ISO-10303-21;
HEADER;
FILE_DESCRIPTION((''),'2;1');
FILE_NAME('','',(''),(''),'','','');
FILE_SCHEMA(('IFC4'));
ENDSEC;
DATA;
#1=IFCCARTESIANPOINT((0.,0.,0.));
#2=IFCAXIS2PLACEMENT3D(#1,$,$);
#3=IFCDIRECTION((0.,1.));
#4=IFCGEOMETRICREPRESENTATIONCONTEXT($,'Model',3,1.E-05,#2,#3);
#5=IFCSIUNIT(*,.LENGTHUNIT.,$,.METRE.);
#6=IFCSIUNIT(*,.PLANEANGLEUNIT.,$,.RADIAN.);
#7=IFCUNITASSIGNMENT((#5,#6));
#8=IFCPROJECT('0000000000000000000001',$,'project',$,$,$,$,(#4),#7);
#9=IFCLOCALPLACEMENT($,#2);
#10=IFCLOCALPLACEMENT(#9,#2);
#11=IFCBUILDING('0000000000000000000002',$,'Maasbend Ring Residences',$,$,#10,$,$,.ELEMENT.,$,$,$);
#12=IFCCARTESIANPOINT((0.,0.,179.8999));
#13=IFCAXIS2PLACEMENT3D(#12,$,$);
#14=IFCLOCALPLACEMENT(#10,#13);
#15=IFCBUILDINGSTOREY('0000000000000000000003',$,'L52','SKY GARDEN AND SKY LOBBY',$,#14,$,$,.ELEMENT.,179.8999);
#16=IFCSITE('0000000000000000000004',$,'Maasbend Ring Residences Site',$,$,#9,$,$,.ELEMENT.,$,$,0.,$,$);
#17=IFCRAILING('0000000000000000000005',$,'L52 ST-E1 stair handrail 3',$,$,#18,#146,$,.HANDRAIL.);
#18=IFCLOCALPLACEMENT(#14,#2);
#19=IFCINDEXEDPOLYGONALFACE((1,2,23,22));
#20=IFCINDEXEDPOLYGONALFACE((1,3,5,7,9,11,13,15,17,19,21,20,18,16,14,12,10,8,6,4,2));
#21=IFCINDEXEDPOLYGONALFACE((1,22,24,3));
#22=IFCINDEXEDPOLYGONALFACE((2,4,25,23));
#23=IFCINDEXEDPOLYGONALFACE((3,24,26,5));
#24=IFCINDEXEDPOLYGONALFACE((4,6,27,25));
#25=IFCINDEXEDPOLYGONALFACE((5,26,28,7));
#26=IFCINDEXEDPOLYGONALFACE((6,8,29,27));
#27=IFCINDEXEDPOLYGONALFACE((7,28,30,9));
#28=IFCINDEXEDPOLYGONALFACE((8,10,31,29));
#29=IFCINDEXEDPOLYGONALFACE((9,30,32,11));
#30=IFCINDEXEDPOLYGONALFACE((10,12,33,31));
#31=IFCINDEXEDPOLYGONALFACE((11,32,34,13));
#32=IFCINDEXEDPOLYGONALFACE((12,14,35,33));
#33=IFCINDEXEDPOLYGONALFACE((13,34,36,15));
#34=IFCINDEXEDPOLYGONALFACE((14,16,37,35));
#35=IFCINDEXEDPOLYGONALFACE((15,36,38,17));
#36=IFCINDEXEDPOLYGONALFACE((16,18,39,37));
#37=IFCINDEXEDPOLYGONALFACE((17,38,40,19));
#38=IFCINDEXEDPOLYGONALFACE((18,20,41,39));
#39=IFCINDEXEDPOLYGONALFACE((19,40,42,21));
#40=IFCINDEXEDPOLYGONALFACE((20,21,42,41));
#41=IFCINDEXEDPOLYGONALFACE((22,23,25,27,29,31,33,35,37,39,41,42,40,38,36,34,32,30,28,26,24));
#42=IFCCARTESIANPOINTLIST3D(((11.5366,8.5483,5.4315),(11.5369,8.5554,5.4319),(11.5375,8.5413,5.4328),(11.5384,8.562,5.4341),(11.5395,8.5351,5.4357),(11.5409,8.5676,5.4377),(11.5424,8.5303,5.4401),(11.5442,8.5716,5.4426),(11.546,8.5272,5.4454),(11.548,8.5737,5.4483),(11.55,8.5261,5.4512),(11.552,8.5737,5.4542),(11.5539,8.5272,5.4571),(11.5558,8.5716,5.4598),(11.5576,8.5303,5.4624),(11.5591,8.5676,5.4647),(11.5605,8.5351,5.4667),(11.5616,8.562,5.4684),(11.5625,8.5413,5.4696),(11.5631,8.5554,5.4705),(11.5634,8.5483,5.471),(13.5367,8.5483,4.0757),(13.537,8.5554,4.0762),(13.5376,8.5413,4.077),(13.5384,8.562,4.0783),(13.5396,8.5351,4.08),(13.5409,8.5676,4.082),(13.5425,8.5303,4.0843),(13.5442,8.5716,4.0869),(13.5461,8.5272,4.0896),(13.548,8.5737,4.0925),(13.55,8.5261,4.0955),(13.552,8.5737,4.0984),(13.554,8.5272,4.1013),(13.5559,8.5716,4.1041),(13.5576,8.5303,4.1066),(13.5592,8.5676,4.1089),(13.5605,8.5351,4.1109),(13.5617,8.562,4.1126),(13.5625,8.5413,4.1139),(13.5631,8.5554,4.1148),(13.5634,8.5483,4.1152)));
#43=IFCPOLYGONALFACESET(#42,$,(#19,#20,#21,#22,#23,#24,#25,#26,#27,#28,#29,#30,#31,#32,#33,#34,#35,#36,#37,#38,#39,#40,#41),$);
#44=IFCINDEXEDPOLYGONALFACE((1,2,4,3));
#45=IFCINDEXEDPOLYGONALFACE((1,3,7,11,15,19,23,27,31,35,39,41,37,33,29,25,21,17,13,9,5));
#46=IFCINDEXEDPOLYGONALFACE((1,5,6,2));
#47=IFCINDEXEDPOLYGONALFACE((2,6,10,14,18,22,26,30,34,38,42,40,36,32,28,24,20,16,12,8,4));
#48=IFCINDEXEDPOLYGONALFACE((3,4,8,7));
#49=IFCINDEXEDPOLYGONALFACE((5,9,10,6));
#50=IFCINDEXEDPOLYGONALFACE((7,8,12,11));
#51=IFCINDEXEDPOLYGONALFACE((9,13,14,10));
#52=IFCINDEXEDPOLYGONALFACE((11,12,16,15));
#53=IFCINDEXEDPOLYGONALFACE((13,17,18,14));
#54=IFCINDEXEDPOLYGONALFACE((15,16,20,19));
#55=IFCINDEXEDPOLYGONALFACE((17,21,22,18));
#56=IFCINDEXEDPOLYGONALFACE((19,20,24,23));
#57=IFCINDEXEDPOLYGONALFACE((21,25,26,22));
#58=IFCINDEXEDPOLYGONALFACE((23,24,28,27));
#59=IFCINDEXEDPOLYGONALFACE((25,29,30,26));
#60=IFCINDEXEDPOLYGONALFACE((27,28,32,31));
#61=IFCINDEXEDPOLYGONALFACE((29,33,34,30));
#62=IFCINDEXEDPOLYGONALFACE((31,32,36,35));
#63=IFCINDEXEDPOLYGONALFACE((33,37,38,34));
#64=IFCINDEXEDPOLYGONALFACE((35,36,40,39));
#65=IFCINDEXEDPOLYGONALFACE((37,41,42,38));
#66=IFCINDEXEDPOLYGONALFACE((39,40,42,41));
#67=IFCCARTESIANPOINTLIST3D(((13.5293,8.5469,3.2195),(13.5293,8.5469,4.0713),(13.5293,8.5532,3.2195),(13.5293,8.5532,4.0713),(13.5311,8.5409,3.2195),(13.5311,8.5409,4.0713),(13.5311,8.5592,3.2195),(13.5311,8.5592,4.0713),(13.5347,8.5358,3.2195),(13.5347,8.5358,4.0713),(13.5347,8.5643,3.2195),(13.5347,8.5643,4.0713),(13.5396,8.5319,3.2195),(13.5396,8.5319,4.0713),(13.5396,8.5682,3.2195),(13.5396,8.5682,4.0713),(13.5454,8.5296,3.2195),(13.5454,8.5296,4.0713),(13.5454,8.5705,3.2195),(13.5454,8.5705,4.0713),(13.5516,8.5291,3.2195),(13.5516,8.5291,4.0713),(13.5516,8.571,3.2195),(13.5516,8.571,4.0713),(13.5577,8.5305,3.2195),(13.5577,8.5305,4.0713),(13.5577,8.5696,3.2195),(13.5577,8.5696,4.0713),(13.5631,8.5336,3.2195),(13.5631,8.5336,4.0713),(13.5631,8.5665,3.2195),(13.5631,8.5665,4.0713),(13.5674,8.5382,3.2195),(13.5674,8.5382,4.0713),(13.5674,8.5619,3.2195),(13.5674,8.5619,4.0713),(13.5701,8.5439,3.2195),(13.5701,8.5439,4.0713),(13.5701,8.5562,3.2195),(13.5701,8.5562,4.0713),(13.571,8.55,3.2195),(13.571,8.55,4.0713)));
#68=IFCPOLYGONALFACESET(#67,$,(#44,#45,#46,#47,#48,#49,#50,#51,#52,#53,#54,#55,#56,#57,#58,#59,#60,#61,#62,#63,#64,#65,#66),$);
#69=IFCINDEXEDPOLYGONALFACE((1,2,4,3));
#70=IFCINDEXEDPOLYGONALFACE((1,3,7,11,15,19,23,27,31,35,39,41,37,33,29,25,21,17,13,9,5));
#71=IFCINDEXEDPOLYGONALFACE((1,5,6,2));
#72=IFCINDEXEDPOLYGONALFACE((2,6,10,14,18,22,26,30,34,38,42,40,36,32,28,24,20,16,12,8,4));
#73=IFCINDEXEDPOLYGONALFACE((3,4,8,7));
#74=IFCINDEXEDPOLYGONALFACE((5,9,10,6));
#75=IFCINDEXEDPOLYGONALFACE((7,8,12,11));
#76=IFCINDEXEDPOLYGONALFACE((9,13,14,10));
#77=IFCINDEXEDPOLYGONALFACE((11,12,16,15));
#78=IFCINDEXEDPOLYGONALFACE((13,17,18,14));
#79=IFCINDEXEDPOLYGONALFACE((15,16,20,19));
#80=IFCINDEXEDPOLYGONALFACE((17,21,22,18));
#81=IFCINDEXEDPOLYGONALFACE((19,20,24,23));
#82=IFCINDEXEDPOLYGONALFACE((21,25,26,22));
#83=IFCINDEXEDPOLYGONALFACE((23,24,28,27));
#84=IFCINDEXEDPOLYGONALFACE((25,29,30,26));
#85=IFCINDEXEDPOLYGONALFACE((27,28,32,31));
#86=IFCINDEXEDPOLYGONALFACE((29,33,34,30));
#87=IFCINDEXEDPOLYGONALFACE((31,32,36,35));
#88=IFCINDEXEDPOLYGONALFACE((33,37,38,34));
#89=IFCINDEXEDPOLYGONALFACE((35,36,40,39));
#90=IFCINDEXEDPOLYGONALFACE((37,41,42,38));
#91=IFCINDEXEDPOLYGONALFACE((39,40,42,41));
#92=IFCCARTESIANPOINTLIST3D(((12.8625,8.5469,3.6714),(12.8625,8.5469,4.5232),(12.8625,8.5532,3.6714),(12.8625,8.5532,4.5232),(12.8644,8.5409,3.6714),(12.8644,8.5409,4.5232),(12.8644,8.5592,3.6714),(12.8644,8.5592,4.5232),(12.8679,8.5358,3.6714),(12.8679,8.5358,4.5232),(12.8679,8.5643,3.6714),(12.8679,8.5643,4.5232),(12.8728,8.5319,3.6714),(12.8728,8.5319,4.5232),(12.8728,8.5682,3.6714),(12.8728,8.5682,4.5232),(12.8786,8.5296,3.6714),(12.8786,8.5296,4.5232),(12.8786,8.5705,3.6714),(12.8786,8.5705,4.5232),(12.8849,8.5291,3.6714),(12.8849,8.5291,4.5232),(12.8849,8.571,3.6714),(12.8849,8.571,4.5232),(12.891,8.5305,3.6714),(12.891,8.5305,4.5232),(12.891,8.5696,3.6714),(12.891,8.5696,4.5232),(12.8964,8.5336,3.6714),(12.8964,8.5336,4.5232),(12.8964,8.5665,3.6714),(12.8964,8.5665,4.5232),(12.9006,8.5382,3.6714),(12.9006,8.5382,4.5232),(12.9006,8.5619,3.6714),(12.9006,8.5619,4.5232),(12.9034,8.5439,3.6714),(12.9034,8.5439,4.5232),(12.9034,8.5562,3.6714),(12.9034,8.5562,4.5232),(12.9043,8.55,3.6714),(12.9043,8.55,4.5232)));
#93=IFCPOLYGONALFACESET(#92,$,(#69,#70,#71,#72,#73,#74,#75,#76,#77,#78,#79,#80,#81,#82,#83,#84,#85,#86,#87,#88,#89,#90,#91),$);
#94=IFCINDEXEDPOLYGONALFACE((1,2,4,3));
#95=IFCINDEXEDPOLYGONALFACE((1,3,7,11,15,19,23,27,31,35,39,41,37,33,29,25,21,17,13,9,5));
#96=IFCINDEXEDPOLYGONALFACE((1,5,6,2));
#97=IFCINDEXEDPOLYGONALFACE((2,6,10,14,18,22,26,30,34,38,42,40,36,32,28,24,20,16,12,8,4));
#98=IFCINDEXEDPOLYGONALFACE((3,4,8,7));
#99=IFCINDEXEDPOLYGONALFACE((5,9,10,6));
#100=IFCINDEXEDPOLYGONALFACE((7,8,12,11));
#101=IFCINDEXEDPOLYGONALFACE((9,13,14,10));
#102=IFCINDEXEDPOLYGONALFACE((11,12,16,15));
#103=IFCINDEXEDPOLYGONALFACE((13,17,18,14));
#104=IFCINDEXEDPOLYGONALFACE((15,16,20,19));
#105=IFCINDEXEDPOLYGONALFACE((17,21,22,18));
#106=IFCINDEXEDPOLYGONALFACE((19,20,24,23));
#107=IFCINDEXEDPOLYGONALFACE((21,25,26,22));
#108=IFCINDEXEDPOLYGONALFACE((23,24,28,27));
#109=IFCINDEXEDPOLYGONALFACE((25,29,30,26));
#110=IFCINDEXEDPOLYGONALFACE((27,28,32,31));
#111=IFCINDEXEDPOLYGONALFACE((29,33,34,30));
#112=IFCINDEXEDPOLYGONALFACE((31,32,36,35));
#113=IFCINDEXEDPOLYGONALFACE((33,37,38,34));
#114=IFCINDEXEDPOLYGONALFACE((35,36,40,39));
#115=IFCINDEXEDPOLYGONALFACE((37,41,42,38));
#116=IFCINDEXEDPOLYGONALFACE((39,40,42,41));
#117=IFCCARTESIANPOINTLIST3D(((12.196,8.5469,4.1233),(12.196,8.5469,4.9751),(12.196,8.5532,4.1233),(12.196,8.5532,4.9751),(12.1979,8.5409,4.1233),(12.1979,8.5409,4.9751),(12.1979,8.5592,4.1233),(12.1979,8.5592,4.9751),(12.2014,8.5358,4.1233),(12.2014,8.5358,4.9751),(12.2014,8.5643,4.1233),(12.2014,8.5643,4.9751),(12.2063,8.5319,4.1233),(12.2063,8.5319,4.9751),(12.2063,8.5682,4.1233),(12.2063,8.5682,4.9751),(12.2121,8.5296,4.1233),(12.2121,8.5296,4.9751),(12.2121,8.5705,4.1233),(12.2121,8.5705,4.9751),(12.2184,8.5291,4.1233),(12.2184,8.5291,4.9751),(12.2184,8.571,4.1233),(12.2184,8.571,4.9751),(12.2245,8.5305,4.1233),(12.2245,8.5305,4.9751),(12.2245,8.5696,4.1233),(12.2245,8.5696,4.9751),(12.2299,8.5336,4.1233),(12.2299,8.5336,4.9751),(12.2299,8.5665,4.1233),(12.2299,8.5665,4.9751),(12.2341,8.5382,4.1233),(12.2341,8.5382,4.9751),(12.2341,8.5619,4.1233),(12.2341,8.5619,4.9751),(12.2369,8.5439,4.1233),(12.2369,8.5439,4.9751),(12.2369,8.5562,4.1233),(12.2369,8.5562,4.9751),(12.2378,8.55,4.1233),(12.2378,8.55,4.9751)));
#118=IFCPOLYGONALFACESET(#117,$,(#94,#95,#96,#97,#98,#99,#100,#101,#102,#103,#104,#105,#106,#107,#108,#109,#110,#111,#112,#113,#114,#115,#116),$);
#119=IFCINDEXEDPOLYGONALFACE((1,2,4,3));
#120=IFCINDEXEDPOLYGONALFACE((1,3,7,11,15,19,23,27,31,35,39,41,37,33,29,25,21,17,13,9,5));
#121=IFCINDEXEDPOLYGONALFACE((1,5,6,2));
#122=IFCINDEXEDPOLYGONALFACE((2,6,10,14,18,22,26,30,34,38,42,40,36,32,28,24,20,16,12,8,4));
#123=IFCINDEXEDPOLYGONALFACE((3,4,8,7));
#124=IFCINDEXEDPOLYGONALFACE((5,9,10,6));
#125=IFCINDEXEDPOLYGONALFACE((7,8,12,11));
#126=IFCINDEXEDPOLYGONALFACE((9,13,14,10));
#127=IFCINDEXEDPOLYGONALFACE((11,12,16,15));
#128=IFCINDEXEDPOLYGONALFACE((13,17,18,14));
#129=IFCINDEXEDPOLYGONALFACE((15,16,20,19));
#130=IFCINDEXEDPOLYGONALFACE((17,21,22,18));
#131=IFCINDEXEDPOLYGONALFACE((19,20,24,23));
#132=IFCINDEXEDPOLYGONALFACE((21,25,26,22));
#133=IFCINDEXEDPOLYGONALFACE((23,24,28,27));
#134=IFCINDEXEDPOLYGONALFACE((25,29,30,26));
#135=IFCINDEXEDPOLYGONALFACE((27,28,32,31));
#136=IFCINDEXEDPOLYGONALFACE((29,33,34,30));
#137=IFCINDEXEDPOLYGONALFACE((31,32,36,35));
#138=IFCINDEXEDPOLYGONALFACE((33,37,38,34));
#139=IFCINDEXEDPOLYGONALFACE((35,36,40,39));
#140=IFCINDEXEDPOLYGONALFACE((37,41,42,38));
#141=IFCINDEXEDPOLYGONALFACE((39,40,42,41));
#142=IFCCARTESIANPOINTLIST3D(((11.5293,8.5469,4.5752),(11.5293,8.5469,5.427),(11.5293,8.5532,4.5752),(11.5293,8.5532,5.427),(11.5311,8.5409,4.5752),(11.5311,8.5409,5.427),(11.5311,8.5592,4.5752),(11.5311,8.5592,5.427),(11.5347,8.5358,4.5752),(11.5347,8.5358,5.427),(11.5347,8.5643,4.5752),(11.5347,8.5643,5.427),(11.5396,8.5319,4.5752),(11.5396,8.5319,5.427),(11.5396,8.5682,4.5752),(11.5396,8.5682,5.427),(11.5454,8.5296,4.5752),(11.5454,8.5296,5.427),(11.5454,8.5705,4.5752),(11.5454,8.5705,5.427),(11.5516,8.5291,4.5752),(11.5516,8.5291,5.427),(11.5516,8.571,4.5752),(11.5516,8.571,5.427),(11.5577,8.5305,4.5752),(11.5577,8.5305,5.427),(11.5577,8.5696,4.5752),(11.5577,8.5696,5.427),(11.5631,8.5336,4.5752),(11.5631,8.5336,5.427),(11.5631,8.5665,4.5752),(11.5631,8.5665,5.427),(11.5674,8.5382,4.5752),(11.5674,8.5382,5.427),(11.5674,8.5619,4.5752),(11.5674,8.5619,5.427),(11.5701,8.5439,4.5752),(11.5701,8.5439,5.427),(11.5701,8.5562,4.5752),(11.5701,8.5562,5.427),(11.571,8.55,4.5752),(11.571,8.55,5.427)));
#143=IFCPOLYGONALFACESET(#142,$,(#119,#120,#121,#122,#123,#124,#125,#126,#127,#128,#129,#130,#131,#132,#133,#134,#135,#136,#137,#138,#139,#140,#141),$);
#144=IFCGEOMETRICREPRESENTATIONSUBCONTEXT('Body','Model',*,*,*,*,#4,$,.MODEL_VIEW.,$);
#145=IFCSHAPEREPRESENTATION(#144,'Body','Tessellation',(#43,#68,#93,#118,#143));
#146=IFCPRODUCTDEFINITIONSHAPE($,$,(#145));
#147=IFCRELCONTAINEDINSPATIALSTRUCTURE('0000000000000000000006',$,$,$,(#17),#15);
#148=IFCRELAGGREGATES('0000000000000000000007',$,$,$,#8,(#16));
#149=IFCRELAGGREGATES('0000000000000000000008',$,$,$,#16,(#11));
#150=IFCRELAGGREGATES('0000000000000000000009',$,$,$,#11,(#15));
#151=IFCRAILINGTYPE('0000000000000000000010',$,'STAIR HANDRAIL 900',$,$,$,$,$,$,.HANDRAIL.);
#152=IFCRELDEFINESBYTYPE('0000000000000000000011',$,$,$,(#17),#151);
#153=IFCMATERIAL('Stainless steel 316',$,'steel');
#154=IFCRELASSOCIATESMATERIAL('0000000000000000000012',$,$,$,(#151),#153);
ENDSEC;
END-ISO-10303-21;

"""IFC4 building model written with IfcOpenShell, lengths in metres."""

from ifc_helpers import new_model, si_unit, direction, frame, origin, origin_2d, place, context, subcontext, project, spatial, circle, extrude, material, type_object, element, save


model = new_model("IFC4")

# Units and contexts
model_context = context("Model", 3, precision=1e-05, world=origin(), true_north=direction((0.0, 1.0)))
body_context = subcontext(model_context, "Body", "Model", "MODEL_VIEW")
ifc_project = project(units=[si_unit("LENGTHUNIT", "METRE"), si_unit("PLANEANGLEUNIT", "RADIAN")], contexts=[model_context])

# Site, building, storey
site_placement = place(None, origin())
site = spatial("IfcSite", under=ifc_project, at=site_placement, Name="Maasbend Ring Residences Site", CompositionType="ELEMENT", RefElevation=0.0)
building_placement = place(site_placement, origin())
building = spatial("IfcBuilding", under=site, at=building_placement, Name="Maasbend Ring Residences", CompositionType="ELEMENT")
storey_placement = place(building_placement, frame((0.0, 0.0, 179.8999)))
storey = spatial("IfcBuildingStorey", under=building, at=storey_placement, Name="L52", Description="SKY GARDEN AND SKY LOBBY", CompositionType="ELEMENT", Elevation=179.8999)

# Railing
ifc_material_1 = material(Name="Stainless steel 316", Category="steel")
railing_type_1 = type_object("IfcRailingType", Name="STAIR HANDRAIL 900", PredefinedType="HANDRAIL", material=ifc_material_1)
for number, where, name in (
    (1, (13.55, 8.55, 3.2195), "L52 ST-E1 stair handrail 3"),
):
    element("IfcRailing", number, at=place(storey_placement, frame(where)), inside=storey, type_object=railing_type_1, Name=name, PredefinedType="HANDRAIL", context=body_context, shape_type="SweptSolid", body=[
        extrude(circle(Radius=0.0239, at=origin_2d()), frame((0.0, 0.0, 0.876), z_axis=(-0.827751, 0.0, 0.561096), x_axis=(0.0, -1.0, 0.0)), (0.0, 0.0, 1.0), 2.4163),
        extrude(circle(Radius=0.021, at=origin_2d()), origin(), (0.0, 0.0, 1.0), 0.8518),
        extrude(circle(Radius=0.021, at=origin_2d()), frame((-0.6667, 0.0, 0.4519)), (0.0, 0.0, 1.0), 0.8518),
        extrude(circle(Radius=0.021, at=origin_2d()), frame((-1.3333, 0.0, 0.9038)), (0.0, 0.0, 1.0), 0.8518),
        extrude(circle(Radius=0.021, at=origin_2d()), frame((-2.0, 0.0, 1.3557)), (0.0, 0.0, 1.0), 0.8518),
    ])

save(model, "model.ifc")
